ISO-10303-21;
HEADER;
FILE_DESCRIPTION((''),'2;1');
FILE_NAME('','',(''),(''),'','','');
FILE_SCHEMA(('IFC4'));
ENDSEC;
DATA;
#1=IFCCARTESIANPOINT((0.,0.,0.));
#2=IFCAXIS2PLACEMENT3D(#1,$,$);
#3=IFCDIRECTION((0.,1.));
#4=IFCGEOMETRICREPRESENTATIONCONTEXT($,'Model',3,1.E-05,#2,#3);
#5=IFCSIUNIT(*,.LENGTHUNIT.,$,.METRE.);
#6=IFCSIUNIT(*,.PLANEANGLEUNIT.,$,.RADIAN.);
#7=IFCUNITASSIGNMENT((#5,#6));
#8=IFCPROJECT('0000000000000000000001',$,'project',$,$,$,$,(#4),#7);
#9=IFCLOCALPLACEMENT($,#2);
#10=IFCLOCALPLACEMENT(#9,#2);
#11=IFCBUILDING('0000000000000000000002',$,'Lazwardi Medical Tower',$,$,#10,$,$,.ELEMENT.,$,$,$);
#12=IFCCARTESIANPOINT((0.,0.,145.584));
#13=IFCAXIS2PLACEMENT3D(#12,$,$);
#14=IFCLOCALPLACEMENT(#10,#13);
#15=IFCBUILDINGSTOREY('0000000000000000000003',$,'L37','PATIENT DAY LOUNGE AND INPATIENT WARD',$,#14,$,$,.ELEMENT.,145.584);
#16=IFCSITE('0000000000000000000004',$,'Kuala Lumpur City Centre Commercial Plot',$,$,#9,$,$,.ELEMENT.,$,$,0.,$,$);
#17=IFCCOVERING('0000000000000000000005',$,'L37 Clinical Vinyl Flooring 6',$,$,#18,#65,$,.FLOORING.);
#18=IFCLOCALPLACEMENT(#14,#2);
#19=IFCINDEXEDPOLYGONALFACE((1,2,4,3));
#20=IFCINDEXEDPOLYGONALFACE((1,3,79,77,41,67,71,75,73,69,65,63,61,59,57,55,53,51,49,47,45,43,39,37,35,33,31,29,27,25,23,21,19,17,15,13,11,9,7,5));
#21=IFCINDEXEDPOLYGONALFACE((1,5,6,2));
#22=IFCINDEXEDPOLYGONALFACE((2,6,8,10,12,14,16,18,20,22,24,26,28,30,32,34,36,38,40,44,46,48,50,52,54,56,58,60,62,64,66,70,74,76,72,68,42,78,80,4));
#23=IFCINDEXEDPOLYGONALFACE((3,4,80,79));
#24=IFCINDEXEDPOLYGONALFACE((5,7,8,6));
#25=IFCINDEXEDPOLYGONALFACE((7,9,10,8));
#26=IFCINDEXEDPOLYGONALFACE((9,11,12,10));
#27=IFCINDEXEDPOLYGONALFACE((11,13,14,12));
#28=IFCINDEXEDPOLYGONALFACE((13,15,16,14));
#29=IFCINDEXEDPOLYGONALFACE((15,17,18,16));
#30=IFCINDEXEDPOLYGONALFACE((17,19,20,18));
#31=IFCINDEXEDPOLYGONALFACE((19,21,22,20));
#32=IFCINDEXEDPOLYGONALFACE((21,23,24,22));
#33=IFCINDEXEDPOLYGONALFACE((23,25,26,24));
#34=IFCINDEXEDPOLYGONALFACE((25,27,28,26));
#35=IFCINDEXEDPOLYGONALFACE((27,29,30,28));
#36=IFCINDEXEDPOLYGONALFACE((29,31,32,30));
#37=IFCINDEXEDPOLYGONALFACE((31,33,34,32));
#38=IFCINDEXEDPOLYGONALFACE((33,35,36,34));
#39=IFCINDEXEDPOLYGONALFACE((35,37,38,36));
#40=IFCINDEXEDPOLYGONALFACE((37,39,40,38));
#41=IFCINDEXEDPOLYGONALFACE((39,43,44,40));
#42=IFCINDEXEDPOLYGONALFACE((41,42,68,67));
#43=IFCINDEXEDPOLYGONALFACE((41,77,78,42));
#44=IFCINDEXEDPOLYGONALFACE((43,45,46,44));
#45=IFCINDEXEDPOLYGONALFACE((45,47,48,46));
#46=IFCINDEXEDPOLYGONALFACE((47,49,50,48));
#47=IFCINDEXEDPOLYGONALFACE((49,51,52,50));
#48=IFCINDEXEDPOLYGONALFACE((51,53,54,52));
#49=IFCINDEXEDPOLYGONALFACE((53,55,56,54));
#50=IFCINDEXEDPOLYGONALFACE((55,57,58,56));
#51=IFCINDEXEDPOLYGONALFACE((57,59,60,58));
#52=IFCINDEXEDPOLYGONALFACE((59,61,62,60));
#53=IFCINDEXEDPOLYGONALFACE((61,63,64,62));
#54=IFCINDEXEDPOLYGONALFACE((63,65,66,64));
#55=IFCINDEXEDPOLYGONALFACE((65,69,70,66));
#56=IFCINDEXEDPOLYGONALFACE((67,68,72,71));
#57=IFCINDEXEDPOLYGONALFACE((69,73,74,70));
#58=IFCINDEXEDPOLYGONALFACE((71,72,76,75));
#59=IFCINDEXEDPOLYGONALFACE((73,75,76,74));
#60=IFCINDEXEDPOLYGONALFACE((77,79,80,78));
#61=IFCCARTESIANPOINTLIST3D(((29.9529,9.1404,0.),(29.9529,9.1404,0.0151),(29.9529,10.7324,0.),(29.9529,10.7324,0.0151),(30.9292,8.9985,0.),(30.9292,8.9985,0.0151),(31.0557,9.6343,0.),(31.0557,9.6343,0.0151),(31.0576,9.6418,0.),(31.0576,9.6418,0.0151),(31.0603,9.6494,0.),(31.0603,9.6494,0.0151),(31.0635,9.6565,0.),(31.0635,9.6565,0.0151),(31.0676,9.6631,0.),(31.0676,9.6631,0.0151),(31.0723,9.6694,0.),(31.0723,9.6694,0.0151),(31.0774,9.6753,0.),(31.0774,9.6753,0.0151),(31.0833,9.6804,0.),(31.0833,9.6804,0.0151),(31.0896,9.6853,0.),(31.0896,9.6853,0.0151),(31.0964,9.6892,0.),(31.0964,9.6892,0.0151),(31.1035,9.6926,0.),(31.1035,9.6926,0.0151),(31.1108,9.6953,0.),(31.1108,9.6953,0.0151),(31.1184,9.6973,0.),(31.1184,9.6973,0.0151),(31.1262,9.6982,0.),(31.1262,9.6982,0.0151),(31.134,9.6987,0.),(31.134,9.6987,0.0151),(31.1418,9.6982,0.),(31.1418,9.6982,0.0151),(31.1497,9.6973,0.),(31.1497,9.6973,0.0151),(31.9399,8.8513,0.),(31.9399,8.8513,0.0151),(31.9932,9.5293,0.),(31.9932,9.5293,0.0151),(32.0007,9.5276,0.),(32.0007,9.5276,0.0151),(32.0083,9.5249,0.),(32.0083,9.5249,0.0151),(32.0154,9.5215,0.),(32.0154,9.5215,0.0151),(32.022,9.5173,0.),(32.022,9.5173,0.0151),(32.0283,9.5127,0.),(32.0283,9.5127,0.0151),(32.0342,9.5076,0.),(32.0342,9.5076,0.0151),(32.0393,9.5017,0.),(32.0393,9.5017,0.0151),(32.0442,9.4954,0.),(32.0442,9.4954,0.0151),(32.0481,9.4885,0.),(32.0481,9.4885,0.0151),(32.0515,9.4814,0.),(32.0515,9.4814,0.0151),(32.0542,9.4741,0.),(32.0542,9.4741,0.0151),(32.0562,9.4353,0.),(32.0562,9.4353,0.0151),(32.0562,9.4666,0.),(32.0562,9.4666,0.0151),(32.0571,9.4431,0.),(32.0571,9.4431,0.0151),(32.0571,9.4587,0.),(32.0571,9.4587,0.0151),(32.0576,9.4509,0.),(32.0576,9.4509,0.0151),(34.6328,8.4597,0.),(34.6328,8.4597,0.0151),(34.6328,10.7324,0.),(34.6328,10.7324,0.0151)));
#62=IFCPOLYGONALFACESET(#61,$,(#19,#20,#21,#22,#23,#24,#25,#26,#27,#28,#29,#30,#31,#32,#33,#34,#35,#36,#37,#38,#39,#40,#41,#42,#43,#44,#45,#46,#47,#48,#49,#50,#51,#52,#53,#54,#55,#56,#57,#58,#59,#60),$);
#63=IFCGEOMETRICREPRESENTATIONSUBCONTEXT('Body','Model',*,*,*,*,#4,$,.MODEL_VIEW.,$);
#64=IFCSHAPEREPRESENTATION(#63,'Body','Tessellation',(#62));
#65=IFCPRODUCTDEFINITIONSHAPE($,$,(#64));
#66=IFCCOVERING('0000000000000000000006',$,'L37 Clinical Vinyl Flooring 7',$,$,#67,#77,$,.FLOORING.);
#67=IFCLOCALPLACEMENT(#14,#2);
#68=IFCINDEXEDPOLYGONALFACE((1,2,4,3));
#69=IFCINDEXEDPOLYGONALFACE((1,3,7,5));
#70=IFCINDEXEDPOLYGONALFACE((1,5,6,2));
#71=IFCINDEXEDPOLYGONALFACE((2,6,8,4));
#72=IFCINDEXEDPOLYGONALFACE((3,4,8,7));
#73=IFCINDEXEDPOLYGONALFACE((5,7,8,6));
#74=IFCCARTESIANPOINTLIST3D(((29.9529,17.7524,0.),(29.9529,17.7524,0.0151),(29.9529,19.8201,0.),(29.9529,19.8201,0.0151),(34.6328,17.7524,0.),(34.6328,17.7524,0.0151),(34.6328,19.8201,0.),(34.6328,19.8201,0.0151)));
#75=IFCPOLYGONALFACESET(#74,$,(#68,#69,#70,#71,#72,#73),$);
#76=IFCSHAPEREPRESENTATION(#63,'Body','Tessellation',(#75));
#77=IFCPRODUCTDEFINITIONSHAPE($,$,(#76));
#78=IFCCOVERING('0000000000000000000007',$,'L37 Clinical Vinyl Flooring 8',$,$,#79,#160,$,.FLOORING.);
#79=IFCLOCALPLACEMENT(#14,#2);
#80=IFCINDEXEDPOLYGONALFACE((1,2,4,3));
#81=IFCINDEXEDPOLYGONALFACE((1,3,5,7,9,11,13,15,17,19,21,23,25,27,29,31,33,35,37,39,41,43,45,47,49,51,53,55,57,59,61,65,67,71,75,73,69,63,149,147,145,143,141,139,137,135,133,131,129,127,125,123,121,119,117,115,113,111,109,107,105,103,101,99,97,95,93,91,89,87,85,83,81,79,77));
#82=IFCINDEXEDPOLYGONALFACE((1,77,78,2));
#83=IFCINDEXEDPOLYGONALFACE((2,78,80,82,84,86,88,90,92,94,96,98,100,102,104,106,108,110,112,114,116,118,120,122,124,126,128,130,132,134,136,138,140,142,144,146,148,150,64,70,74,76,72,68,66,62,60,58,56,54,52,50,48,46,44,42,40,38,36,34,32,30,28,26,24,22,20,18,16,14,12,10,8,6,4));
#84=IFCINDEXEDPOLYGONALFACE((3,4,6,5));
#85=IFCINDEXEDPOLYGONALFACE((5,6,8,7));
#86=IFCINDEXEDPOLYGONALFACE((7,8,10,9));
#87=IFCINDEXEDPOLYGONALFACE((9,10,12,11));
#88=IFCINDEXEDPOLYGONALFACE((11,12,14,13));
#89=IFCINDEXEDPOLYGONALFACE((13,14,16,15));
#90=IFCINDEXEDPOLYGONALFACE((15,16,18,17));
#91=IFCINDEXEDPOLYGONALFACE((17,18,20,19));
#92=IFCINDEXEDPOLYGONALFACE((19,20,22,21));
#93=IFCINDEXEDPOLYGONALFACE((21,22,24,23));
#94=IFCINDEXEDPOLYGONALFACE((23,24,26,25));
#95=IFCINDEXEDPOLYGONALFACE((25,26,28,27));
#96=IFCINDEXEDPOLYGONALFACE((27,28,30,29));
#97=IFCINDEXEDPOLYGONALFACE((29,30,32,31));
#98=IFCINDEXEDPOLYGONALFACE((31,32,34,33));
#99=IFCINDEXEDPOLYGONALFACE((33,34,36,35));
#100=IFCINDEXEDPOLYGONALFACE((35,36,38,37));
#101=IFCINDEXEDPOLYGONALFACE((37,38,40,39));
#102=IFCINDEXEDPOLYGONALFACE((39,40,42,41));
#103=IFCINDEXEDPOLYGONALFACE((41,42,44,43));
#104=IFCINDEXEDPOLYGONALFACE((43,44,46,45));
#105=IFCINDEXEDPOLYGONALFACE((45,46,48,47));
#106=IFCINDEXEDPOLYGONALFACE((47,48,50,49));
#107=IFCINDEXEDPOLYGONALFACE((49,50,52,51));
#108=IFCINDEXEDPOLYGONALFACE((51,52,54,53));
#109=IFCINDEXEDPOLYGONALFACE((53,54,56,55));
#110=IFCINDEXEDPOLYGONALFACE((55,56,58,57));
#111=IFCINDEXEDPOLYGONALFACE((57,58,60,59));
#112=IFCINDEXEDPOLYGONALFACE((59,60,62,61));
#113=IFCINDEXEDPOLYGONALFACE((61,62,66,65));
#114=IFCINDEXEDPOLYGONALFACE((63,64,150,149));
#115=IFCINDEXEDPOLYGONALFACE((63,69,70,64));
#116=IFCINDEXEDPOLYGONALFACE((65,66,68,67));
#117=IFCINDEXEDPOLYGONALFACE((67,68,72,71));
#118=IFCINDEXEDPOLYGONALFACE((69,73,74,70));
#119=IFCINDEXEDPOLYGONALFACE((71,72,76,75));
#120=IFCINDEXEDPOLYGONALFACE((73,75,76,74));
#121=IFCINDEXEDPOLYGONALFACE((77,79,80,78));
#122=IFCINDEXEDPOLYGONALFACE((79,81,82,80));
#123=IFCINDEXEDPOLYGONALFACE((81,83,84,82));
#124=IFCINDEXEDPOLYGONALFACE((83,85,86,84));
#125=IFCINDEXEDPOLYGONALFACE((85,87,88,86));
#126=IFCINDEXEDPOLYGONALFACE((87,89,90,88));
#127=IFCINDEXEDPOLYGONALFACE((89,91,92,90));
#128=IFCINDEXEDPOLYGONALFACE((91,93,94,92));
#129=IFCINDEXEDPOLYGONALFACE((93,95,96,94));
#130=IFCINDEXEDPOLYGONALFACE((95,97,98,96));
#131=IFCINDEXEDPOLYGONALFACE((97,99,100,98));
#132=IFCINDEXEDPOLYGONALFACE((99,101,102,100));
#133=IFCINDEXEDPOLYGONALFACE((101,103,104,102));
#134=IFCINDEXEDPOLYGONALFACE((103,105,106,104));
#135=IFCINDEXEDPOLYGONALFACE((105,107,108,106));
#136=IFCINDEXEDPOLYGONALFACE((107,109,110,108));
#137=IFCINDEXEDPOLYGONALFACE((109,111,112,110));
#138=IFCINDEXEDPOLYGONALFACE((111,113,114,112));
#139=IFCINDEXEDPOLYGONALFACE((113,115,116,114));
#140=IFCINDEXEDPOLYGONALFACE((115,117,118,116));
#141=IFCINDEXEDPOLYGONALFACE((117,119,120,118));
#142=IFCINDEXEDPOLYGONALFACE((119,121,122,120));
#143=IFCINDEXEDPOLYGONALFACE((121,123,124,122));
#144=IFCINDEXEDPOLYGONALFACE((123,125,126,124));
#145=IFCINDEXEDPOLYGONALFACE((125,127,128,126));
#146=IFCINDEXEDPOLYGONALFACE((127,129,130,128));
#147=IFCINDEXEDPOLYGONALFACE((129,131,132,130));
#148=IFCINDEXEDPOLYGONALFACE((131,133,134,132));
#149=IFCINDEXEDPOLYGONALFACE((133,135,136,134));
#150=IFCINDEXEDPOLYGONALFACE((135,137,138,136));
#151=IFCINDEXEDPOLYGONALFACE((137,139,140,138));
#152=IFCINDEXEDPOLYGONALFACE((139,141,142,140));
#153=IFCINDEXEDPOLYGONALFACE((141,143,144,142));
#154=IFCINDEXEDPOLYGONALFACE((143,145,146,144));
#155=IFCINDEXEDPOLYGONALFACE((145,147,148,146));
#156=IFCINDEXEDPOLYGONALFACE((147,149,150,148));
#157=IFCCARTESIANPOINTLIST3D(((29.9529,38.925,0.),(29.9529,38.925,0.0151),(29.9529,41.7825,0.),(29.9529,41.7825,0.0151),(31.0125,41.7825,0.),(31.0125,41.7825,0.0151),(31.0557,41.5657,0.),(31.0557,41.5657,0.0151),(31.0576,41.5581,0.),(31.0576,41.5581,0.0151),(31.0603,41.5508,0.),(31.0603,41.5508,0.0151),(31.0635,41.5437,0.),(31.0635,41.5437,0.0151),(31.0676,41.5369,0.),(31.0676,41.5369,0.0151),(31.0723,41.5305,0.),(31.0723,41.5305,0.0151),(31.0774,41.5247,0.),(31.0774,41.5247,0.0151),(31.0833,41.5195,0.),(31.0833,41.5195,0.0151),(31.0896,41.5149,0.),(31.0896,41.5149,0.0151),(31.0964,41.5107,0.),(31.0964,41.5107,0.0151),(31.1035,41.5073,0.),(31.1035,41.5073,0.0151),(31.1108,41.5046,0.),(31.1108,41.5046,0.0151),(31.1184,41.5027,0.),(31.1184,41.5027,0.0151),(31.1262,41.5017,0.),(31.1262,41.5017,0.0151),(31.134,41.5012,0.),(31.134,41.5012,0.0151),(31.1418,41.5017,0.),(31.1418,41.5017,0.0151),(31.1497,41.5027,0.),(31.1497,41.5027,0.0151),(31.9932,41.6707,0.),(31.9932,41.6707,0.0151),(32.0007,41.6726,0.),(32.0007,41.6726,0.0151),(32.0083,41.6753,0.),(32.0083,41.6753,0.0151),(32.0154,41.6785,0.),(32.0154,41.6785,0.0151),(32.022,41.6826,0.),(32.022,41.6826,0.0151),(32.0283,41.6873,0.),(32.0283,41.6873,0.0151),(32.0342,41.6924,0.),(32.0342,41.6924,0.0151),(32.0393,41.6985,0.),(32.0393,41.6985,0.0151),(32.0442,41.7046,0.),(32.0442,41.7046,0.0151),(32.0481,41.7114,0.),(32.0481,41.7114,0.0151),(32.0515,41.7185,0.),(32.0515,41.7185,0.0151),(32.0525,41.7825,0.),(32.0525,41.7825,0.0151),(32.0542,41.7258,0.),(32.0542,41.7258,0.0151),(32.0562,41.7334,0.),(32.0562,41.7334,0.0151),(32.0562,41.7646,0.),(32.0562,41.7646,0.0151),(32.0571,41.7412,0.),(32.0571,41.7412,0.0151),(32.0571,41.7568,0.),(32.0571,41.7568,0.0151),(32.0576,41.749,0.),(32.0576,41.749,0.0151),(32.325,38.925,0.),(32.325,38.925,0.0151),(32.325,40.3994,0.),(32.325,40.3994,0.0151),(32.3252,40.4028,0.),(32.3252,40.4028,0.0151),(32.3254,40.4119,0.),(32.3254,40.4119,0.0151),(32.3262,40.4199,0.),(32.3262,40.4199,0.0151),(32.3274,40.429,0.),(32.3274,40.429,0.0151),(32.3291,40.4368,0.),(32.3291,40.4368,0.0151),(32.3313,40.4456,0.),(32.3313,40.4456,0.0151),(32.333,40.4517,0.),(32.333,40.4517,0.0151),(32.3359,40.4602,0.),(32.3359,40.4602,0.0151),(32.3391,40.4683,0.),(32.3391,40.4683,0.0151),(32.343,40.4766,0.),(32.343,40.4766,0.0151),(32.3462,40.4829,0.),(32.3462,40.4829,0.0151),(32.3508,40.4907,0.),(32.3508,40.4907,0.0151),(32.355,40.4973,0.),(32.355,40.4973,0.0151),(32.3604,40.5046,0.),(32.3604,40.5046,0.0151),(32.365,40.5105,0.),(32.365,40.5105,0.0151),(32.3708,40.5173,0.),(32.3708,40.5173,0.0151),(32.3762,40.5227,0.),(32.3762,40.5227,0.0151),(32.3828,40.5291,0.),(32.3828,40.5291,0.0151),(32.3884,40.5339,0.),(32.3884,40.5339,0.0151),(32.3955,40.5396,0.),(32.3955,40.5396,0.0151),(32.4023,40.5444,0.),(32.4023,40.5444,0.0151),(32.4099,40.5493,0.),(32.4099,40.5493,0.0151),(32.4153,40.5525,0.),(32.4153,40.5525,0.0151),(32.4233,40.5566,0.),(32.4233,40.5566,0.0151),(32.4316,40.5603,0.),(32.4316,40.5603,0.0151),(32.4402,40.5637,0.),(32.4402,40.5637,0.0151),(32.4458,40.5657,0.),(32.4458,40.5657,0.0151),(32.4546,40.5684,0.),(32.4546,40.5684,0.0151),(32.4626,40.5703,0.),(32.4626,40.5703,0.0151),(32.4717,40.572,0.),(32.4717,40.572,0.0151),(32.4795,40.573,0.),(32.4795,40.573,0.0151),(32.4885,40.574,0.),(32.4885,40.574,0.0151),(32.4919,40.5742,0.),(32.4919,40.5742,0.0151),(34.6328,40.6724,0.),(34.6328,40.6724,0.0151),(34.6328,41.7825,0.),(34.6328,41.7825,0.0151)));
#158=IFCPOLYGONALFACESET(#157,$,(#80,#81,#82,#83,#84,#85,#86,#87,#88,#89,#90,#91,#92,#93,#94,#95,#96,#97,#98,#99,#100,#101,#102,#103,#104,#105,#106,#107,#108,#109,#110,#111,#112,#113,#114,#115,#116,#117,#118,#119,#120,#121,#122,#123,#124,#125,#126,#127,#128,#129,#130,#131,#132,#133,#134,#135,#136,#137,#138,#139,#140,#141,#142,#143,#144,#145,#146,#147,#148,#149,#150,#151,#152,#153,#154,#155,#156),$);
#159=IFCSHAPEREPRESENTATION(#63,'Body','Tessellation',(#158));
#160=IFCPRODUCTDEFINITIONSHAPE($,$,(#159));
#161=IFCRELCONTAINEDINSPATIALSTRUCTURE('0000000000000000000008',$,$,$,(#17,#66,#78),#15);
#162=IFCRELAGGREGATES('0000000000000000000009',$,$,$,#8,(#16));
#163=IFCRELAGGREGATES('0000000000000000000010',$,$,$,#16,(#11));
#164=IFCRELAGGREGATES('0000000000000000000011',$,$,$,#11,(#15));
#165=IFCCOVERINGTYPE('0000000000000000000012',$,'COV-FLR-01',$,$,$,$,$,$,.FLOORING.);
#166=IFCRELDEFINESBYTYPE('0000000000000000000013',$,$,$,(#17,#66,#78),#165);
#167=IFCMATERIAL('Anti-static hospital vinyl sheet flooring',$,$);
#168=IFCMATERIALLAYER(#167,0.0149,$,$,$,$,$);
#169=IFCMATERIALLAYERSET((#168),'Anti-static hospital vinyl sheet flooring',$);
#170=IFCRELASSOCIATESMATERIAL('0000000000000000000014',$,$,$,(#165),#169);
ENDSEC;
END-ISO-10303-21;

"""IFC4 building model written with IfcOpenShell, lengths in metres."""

from ifc_helpers import new_model, si_unit, direction, frame, origin, place, context, subcontext, project, spatial, polyline, outline, extrude, material, layer, layer_set, type_object, element, save


model = new_model("IFC4")

# Units and contexts
model_context = context("Model", 3, precision=1e-05, world=origin(), true_north=direction((0.0, 1.0)))
body_context = subcontext(model_context, "Body", "Model", "MODEL_VIEW")
ifc_project = project(units=[si_unit("LENGTHUNIT", "METRE"), si_unit("PLANEANGLEUNIT", "RADIAN")], contexts=[model_context])

# Site, building, storey
site_placement = place(None, origin())
site = spatial("IfcSite", under=ifc_project, at=site_placement, Name="Kuala Lumpur City Centre Commercial Plot", CompositionType="ELEMENT", RefElevation=0.0)
building_placement = place(site_placement, origin())
building = spatial("IfcBuilding", under=site, at=building_placement, Name="Lazwardi Medical Tower", CompositionType="ELEMENT")
storey_placement = place(building_placement, frame((0.0, 0.0, 145.584)))
storey = spatial("IfcBuildingStorey", under=building, at=storey_placement, Name="L37", Description="PATIENT DAY LOUNGE AND INPATIENT WARD", CompositionType="ELEMENT", Elevation=145.584)

# Coverings
ifc_material_1 = material(Name="Anti-static hospital vinyl sheet flooring")
ifc_layer_1 = layer(ifc_material_1, 0.0149)
ifc_layer_set_1 = layer_set([ifc_layer_1], Name="Anti-static hospital vinyl sheet flooring")
covering_type_1 = type_object("IfcCoveringType", Name="COV-FLR-01", PredefinedType="FLOORING", material=ifc_layer_set_1)
covering_1_placement = place(storey_placement, origin())
element("IfcCovering", 1, at=covering_1_placement, inside=storey, type_object=covering_type_1, Name="L37 Clinical Vinyl Flooring 6", PredefinedType="FLOORING", context=body_context, shape_type="SweptSolid", body=[
    extrude(outline(polyline([(29.9529, 9.1404), (30.9292, 8.9985), (31.0557, 9.6343), (31.0576, 9.6418), (31.0603, 9.6494), (31.0635, 9.6565), (31.0676, 9.6631), (31.0723, 9.6694), (31.0774, 9.6753), (31.0833, 9.6804), (31.0896, 9.6853), (31.0964, 9.6892), (31.1035, 9.6926), (31.1108, 9.6953), (31.1184, 9.6973), (31.1262, 9.6982), (31.134, 9.6987), (31.1418, 9.6982), (31.1497, 9.6973), (31.9932, 9.5293), (32.0007, 9.5276), (32.0083, 9.5249), (32.0154, 9.5215), (32.022, 9.5173), (32.0283, 9.5127), (32.0342, 9.5076), (32.0393, 9.5017), (32.0442, 9.4954), (32.0481, 9.4885), (32.0515, 9.4814), (32.0542, 9.4741), (32.0562, 9.4666), (32.0571, 9.4587), (32.0576, 9.4509), (32.0571, 9.4431), (32.0562, 9.4353), (31.9399, 8.8513), (34.6328, 8.4597), (34.6328, 10.7324), (29.9529, 10.7324), (29.9529, 9.1404)])), origin(), (0.0, 0.0, 1.0), 0.0151),
])
covering_2_placement = place(storey_placement, origin())
element("IfcCovering", 2, at=covering_2_placement, inside=storey, type_object=covering_type_1, Name="L37 Clinical Vinyl Flooring 7", PredefinedType="FLOORING", context=body_context, shape_type="SweptSolid", body=[
    extrude(outline(polyline([(34.6328, 19.8201), (29.9529, 19.8201), (29.9529, 17.7524), (34.6328, 17.7524), (34.6328, 19.8201)])), origin(), (0.0, 0.0, 1.0), 0.0151),
])
covering_3_placement = place(storey_placement, origin())
element("IfcCovering", 3, at=covering_3_placement, inside=storey, type_object=covering_type_1, Name="L37 Clinical Vinyl Flooring 8", PredefinedType="FLOORING", context=body_context, shape_type="SweptSolid", body=[
    extrude(outline(polyline([(32.0525, 41.7825), (32.0562, 41.7646), (32.0571, 41.7568), (32.0576, 41.749), (32.0571, 41.7412), (32.0562, 41.7334), (32.0542, 41.7258), (32.0515, 41.7185), (32.0481, 41.7114), (32.0442, 41.7046), (32.0393, 41.6985), (32.0342, 41.6924), (32.0283, 41.6873), (32.022, 41.6826), (32.0154, 41.6785), (32.0083, 41.6753), (32.0007, 41.6726), (31.9932, 41.6707), (31.1497, 41.5027), (31.1418, 41.5017), (31.134, 41.5012), (31.1262, 41.5017), (31.1184, 41.5027), (31.1108, 41.5046), (31.1035, 41.5073), (31.0964, 41.5107), (31.0896, 41.5149), (31.0833, 41.5195), (31.0774, 41.5247), (31.0723, 41.5305), (31.0676, 41.5369), (31.0635, 41.5437), (31.0603, 41.5508), (31.0576, 41.5581), (31.0557, 41.5657), (31.0125, 41.7825), (29.9529, 41.7825), (29.9529, 38.925), (32.325, 38.925), (32.325, 40.3994), (32.3252, 40.4028), (32.3254, 40.4119), (32.3262, 40.4199), (32.3274, 40.429), (32.3291, 40.4368), (32.3313, 40.4456), (32.333, 40.4517), (32.3359, 40.4602), (32.3391, 40.4683), (32.343, 40.4766), (32.3462, 40.4829), (32.3508, 40.4907), (32.355, 40.4973), (32.3604, 40.5046), (32.365, 40.5105), (32.3708, 40.5173), (32.3762, 40.5227), (32.3828, 40.5291), (32.3884, 40.5339), (32.3955, 40.5396), (32.4023, 40.5444), (32.4099, 40.5493), (32.4153, 40.5525), (32.4233, 40.5566), (32.4316, 40.5603), (32.4402, 40.5637), (32.4458, 40.5657), (32.4546, 40.5684), (32.4626, 40.5703), (32.4717, 40.572), (32.4795, 40.573), (32.4885, 40.574), (32.4919, 40.5742), (34.6328, 40.6724), (34.6328, 41.7825), (32.0525, 41.7825)])), origin(), (0.0, 0.0, 1.0), 0.0151),
])

save(model, "model.ifc")
